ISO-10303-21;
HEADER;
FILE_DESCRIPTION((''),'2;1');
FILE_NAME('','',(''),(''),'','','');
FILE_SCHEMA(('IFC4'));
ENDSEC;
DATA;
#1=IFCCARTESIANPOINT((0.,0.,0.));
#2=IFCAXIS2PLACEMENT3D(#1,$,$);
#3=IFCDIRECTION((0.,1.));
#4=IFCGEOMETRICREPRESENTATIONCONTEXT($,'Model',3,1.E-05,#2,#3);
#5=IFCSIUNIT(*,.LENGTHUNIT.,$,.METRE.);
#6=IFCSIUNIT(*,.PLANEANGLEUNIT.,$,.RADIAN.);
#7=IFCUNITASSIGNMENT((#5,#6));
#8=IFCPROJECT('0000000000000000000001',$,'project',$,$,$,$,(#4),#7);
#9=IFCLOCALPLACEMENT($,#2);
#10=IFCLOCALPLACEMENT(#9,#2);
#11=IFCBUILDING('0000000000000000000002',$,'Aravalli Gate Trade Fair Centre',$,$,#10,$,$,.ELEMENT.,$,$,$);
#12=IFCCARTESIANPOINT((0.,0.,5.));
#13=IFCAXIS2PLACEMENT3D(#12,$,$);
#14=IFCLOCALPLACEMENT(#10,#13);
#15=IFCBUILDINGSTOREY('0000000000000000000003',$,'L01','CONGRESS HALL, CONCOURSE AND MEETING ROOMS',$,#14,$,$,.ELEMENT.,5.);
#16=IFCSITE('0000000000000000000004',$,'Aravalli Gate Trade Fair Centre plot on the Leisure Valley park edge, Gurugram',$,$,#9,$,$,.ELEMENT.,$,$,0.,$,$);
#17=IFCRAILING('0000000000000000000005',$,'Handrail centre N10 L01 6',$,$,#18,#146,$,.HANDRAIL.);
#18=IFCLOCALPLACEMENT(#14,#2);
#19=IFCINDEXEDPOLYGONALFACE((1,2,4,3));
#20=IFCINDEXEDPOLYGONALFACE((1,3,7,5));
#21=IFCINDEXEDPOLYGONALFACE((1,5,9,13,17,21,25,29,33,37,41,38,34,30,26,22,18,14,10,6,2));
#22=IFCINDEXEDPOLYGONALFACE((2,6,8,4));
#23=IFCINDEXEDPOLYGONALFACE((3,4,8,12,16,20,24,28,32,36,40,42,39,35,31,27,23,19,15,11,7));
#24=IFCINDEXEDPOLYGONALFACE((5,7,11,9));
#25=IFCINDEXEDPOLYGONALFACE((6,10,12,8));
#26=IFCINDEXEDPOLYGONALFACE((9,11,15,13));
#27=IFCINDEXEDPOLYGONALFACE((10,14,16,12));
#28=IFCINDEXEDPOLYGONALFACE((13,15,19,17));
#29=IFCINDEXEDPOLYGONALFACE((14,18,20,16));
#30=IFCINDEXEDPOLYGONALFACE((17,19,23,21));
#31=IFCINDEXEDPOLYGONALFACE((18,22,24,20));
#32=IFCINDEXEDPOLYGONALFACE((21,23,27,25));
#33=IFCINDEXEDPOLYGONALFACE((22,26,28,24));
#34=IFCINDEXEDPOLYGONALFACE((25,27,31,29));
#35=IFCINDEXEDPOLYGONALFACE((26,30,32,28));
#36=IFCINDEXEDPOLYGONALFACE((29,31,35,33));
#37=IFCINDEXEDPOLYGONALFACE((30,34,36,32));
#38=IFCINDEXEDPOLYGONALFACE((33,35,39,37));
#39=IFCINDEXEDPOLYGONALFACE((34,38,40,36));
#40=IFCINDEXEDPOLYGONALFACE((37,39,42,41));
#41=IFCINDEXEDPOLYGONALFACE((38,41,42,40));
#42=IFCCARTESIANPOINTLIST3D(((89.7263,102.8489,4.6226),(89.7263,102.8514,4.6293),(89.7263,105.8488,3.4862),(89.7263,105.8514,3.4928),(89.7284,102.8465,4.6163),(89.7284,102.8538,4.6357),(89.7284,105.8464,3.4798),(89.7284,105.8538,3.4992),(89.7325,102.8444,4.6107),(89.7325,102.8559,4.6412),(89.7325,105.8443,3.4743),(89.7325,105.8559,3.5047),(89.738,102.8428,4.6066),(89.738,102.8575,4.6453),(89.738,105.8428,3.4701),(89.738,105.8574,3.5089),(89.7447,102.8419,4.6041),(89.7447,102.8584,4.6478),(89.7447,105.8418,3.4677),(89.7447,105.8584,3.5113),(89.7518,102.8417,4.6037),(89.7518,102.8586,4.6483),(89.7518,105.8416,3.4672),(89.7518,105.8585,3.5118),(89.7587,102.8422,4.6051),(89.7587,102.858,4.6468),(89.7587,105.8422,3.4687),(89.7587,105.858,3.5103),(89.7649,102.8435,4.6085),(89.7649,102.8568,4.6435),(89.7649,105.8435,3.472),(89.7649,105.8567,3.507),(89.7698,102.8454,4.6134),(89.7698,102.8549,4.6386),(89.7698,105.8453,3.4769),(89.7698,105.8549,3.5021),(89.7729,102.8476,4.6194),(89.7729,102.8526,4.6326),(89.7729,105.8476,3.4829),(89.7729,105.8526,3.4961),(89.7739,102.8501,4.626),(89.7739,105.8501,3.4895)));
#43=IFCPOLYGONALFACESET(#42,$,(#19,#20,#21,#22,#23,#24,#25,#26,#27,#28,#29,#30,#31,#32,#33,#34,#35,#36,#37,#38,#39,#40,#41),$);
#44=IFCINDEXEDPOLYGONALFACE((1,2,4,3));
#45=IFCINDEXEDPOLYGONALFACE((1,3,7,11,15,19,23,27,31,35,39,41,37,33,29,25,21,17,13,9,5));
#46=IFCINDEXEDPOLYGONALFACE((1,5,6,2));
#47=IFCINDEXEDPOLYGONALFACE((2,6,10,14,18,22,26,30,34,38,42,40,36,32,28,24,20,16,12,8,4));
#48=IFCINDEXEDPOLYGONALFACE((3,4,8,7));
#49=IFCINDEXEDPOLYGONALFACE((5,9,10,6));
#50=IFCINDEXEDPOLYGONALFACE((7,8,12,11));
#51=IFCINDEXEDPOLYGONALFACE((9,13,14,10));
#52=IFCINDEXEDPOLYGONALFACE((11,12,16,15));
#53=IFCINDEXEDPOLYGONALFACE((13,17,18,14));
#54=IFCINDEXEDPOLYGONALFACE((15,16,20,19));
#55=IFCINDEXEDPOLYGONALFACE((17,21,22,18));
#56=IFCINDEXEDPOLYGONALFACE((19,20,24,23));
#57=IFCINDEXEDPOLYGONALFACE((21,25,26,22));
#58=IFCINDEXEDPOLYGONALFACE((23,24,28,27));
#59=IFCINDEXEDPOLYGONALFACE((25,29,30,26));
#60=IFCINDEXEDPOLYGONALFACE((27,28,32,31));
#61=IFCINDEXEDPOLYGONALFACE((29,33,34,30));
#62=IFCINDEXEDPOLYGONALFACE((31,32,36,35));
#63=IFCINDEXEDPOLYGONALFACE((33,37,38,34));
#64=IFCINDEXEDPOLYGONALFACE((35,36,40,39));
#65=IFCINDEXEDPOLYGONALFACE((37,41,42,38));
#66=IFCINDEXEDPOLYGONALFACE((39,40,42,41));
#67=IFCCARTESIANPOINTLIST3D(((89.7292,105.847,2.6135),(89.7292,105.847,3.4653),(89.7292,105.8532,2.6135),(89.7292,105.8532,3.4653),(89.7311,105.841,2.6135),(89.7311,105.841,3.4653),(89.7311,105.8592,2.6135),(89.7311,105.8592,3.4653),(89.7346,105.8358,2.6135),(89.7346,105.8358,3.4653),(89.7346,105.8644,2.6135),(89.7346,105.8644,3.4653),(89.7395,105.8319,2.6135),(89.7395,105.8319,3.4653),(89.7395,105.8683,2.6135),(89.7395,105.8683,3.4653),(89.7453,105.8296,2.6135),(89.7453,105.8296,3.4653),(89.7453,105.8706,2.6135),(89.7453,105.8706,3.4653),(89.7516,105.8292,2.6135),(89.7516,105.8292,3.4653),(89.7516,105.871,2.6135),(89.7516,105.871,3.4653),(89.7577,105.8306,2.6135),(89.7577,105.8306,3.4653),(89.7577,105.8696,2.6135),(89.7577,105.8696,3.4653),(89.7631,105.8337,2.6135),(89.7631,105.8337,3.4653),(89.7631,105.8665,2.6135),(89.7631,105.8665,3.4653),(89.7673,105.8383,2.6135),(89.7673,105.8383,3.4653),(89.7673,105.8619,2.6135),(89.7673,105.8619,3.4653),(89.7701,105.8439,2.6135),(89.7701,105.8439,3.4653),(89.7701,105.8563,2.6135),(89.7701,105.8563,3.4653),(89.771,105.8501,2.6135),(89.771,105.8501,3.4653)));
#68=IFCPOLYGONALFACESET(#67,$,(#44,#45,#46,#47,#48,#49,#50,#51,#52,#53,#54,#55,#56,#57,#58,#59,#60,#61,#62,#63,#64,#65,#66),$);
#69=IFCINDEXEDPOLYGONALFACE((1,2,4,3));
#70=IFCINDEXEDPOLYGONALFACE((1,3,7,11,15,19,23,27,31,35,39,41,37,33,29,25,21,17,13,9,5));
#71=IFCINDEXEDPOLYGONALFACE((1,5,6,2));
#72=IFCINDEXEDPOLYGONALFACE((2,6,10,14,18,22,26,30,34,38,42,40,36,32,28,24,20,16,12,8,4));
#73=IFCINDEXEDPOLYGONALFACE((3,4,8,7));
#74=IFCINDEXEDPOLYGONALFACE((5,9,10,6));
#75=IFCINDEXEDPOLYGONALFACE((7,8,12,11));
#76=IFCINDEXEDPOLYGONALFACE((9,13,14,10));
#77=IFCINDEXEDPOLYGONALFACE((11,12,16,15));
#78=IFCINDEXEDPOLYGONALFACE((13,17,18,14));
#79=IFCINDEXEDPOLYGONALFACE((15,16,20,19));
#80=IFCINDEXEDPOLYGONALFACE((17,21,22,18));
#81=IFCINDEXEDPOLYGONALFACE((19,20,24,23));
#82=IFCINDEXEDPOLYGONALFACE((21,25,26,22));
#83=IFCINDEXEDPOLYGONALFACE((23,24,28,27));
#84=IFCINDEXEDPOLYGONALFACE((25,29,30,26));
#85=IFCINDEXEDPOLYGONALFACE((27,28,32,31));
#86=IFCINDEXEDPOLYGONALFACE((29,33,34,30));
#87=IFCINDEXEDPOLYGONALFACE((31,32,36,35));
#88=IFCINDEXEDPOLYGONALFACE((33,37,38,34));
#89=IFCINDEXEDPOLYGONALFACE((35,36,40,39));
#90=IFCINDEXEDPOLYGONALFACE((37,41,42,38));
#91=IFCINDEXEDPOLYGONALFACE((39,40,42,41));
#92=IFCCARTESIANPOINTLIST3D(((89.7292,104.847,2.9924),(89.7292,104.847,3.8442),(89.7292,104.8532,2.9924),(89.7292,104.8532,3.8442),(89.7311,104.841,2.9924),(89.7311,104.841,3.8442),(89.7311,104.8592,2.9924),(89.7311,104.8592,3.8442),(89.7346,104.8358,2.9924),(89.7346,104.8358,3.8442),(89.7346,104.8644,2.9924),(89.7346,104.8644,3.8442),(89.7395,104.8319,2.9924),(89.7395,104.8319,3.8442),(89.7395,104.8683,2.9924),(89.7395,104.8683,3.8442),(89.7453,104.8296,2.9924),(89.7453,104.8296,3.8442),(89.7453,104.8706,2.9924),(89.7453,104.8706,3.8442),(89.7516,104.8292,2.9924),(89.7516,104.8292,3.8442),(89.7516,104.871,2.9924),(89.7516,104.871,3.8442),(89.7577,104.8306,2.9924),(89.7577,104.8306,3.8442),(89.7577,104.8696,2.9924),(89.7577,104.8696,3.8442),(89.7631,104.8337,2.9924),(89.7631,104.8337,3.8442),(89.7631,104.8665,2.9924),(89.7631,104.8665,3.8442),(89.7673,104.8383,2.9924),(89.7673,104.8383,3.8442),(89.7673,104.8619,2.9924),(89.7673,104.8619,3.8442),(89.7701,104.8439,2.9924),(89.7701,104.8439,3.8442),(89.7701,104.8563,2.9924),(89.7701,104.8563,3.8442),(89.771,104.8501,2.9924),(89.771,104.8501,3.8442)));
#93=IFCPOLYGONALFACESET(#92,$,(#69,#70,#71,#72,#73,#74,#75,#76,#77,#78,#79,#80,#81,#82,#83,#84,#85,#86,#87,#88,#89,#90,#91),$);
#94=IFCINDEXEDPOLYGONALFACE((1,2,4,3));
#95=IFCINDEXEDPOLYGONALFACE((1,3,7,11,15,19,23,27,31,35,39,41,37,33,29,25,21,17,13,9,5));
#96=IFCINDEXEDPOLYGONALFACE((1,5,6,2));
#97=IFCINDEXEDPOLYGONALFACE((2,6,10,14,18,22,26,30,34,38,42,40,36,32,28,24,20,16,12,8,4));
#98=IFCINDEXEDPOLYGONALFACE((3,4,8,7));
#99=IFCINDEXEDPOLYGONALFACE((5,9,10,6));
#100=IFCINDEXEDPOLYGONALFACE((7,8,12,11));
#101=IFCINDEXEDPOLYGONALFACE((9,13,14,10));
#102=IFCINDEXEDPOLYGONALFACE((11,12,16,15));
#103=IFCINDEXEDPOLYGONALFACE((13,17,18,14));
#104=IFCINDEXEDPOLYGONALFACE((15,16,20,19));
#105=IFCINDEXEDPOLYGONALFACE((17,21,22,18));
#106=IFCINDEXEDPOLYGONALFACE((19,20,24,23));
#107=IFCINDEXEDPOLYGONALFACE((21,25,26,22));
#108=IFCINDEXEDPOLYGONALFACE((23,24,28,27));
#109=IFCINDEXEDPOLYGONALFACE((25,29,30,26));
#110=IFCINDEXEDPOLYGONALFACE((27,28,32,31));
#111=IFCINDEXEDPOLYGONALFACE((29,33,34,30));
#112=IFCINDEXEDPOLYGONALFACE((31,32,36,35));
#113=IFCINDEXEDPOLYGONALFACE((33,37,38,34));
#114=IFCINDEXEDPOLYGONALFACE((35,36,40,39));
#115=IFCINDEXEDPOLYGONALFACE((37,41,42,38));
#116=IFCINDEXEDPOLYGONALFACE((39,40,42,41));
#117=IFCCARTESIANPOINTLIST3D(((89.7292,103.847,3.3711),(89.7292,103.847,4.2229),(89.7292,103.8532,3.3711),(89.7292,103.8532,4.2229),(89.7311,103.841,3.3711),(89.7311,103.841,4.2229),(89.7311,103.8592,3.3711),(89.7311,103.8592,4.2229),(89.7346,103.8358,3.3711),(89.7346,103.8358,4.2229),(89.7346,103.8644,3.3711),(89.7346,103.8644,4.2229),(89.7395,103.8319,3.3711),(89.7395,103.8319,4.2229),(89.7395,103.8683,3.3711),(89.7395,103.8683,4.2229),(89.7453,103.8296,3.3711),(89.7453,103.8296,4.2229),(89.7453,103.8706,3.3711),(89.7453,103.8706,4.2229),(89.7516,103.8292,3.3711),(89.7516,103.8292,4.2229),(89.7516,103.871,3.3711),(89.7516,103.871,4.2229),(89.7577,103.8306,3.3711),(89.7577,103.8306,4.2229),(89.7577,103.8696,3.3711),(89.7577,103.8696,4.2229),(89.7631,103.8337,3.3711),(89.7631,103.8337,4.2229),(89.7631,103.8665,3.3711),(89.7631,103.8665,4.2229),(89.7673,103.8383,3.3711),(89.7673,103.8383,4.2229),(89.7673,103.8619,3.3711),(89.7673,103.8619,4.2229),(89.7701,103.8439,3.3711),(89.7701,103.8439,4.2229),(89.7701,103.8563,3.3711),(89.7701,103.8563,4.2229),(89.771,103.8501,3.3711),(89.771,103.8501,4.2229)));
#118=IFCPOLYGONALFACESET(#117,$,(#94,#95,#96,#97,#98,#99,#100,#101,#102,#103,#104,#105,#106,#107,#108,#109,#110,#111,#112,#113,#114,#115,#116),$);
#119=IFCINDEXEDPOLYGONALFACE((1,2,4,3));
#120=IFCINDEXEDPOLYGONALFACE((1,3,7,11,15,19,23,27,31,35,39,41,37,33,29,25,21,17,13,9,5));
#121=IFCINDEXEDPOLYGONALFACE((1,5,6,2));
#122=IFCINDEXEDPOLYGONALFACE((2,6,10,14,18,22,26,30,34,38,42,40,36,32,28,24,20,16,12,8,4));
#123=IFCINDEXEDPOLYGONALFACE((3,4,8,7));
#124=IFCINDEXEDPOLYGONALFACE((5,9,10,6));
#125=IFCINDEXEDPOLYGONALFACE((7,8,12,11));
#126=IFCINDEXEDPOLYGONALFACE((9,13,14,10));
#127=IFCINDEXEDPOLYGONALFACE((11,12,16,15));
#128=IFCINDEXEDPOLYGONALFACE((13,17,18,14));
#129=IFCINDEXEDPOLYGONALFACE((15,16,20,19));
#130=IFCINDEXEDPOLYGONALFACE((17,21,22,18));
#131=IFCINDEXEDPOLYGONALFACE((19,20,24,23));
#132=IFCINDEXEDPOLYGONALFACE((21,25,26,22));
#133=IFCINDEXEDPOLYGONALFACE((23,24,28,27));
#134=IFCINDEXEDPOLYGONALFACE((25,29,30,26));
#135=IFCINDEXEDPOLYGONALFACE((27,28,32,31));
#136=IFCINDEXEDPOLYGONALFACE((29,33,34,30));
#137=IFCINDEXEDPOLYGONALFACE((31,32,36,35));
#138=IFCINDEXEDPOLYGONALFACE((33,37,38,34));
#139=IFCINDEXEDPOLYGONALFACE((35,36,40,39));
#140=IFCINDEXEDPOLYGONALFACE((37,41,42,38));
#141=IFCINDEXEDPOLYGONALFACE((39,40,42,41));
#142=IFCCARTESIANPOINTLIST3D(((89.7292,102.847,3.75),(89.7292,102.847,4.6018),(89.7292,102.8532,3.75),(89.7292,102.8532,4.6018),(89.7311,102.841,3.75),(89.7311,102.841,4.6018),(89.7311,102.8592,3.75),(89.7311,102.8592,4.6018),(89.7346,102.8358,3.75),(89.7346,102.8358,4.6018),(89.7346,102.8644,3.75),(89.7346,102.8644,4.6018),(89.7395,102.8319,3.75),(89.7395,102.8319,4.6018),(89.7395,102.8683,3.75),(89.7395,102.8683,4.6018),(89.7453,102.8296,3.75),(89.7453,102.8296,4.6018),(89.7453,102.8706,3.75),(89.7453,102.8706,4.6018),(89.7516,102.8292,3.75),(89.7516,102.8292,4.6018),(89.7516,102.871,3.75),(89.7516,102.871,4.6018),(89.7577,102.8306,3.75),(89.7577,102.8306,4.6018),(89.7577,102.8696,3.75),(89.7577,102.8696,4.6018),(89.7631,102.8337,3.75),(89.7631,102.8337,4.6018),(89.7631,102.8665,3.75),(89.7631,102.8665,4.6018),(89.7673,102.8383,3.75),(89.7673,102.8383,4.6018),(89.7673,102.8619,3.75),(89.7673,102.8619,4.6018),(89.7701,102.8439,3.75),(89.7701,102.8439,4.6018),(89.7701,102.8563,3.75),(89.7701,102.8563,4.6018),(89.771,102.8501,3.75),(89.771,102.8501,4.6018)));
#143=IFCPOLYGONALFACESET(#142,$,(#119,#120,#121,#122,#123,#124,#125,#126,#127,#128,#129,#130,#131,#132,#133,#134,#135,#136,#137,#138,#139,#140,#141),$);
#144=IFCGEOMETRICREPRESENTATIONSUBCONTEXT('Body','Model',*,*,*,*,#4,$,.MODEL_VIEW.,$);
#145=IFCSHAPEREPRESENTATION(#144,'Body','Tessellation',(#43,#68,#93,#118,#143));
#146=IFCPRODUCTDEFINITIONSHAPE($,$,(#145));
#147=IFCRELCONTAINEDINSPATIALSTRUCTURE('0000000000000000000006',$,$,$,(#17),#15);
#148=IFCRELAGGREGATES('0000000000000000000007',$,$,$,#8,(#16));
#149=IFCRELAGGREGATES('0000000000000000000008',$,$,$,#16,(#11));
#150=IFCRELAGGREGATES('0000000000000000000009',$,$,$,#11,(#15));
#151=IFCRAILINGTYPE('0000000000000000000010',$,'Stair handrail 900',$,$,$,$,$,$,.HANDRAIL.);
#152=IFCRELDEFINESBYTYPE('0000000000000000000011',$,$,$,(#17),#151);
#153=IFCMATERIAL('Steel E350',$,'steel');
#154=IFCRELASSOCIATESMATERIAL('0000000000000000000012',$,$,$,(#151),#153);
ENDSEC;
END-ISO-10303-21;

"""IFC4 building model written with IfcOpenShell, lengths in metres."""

from ifc_helpers import new_model, si_unit, direction, frame, origin, origin_2d, place, context, subcontext, project, spatial, circle, extrude, material, type_object, element, save


model = new_model("IFC4")

# Units and contexts
model_context = context("Model", 3, precision=1e-05, world=origin(), true_north=direction((0.0, 1.0)))
body_context = subcontext(model_context, "Body", "Model", "MODEL_VIEW")
ifc_project = project(units=[si_unit("LENGTHUNIT", "METRE"), si_unit("PLANEANGLEUNIT", "RADIAN")], contexts=[model_context])

# Site, building, storey
site_placement = place(None, origin())
site = spatial("IfcSite", under=ifc_project, at=site_placement, Name="Aravalli Gate Trade Fair Centre plot on the Leisure Valley park edge, Gurugram", CompositionType="ELEMENT", RefElevation=0.0)
building_placement = place(site_placement, origin())
building = spatial("IfcBuilding", under=site, at=building_placement, Name="Aravalli Gate Trade Fair Centre", CompositionType="ELEMENT")
storey_placement = place(building_placement, frame((0.0, 0.0, 5.0)))
storey = spatial("IfcBuildingStorey", under=building, at=storey_placement, Name="L01", Description="CONGRESS HALL, CONCOURSE AND MEETING ROOMS", CompositionType="ELEMENT", Elevation=5.0)

# Shared definitions
ifc_material_1 = material(Name="Steel E350", Category="steel")

# Railing
railing_type = type_object("IfcRailingType", Name="Stair handrail 900", PredefinedType="HANDRAIL", material=ifc_material_1)
for number, where, name in (
    (1, (89.75, 105.8501, 2.6135), "Handrail centre N10 L01 6"),
):
    element("IfcRailing", number, at=place(storey_placement, frame(where)), inside=storey, type_object=railing_type, Name=name, PredefinedType="HANDRAIL", context=body_context, shape_type="SweptSolid", body=[
        extrude(circle(Radius=0.0239, at=origin_2d()), frame((0.0, 0.0, 0.876), z_axis=(0.0, -0.935148, 0.354257), x_axis=(1.0, 0.0, 0.0)), (0.0, 0.0, 1.0), 3.208),
        extrude(circle(Radius=0.021, at=origin_2d()), origin(), (0.0, 0.0, 1.0), 0.8518),
        extrude(circle(Radius=0.021, at=origin_2d()), frame((0.0, -1.0, 0.3789)), (0.0, 0.0, 1.0), 0.8518),
        extrude(circle(Radius=0.021, at=origin_2d()), frame((0.0, -2.0, 0.7576)), (0.0, 0.0, 1.0), 0.8518),
        extrude(circle(Radius=0.021, at=origin_2d()), frame((0.0, -3.0, 1.1365)), (0.0, 0.0, 1.0), 0.8518),
    ])

save(model, "model.ifc")
